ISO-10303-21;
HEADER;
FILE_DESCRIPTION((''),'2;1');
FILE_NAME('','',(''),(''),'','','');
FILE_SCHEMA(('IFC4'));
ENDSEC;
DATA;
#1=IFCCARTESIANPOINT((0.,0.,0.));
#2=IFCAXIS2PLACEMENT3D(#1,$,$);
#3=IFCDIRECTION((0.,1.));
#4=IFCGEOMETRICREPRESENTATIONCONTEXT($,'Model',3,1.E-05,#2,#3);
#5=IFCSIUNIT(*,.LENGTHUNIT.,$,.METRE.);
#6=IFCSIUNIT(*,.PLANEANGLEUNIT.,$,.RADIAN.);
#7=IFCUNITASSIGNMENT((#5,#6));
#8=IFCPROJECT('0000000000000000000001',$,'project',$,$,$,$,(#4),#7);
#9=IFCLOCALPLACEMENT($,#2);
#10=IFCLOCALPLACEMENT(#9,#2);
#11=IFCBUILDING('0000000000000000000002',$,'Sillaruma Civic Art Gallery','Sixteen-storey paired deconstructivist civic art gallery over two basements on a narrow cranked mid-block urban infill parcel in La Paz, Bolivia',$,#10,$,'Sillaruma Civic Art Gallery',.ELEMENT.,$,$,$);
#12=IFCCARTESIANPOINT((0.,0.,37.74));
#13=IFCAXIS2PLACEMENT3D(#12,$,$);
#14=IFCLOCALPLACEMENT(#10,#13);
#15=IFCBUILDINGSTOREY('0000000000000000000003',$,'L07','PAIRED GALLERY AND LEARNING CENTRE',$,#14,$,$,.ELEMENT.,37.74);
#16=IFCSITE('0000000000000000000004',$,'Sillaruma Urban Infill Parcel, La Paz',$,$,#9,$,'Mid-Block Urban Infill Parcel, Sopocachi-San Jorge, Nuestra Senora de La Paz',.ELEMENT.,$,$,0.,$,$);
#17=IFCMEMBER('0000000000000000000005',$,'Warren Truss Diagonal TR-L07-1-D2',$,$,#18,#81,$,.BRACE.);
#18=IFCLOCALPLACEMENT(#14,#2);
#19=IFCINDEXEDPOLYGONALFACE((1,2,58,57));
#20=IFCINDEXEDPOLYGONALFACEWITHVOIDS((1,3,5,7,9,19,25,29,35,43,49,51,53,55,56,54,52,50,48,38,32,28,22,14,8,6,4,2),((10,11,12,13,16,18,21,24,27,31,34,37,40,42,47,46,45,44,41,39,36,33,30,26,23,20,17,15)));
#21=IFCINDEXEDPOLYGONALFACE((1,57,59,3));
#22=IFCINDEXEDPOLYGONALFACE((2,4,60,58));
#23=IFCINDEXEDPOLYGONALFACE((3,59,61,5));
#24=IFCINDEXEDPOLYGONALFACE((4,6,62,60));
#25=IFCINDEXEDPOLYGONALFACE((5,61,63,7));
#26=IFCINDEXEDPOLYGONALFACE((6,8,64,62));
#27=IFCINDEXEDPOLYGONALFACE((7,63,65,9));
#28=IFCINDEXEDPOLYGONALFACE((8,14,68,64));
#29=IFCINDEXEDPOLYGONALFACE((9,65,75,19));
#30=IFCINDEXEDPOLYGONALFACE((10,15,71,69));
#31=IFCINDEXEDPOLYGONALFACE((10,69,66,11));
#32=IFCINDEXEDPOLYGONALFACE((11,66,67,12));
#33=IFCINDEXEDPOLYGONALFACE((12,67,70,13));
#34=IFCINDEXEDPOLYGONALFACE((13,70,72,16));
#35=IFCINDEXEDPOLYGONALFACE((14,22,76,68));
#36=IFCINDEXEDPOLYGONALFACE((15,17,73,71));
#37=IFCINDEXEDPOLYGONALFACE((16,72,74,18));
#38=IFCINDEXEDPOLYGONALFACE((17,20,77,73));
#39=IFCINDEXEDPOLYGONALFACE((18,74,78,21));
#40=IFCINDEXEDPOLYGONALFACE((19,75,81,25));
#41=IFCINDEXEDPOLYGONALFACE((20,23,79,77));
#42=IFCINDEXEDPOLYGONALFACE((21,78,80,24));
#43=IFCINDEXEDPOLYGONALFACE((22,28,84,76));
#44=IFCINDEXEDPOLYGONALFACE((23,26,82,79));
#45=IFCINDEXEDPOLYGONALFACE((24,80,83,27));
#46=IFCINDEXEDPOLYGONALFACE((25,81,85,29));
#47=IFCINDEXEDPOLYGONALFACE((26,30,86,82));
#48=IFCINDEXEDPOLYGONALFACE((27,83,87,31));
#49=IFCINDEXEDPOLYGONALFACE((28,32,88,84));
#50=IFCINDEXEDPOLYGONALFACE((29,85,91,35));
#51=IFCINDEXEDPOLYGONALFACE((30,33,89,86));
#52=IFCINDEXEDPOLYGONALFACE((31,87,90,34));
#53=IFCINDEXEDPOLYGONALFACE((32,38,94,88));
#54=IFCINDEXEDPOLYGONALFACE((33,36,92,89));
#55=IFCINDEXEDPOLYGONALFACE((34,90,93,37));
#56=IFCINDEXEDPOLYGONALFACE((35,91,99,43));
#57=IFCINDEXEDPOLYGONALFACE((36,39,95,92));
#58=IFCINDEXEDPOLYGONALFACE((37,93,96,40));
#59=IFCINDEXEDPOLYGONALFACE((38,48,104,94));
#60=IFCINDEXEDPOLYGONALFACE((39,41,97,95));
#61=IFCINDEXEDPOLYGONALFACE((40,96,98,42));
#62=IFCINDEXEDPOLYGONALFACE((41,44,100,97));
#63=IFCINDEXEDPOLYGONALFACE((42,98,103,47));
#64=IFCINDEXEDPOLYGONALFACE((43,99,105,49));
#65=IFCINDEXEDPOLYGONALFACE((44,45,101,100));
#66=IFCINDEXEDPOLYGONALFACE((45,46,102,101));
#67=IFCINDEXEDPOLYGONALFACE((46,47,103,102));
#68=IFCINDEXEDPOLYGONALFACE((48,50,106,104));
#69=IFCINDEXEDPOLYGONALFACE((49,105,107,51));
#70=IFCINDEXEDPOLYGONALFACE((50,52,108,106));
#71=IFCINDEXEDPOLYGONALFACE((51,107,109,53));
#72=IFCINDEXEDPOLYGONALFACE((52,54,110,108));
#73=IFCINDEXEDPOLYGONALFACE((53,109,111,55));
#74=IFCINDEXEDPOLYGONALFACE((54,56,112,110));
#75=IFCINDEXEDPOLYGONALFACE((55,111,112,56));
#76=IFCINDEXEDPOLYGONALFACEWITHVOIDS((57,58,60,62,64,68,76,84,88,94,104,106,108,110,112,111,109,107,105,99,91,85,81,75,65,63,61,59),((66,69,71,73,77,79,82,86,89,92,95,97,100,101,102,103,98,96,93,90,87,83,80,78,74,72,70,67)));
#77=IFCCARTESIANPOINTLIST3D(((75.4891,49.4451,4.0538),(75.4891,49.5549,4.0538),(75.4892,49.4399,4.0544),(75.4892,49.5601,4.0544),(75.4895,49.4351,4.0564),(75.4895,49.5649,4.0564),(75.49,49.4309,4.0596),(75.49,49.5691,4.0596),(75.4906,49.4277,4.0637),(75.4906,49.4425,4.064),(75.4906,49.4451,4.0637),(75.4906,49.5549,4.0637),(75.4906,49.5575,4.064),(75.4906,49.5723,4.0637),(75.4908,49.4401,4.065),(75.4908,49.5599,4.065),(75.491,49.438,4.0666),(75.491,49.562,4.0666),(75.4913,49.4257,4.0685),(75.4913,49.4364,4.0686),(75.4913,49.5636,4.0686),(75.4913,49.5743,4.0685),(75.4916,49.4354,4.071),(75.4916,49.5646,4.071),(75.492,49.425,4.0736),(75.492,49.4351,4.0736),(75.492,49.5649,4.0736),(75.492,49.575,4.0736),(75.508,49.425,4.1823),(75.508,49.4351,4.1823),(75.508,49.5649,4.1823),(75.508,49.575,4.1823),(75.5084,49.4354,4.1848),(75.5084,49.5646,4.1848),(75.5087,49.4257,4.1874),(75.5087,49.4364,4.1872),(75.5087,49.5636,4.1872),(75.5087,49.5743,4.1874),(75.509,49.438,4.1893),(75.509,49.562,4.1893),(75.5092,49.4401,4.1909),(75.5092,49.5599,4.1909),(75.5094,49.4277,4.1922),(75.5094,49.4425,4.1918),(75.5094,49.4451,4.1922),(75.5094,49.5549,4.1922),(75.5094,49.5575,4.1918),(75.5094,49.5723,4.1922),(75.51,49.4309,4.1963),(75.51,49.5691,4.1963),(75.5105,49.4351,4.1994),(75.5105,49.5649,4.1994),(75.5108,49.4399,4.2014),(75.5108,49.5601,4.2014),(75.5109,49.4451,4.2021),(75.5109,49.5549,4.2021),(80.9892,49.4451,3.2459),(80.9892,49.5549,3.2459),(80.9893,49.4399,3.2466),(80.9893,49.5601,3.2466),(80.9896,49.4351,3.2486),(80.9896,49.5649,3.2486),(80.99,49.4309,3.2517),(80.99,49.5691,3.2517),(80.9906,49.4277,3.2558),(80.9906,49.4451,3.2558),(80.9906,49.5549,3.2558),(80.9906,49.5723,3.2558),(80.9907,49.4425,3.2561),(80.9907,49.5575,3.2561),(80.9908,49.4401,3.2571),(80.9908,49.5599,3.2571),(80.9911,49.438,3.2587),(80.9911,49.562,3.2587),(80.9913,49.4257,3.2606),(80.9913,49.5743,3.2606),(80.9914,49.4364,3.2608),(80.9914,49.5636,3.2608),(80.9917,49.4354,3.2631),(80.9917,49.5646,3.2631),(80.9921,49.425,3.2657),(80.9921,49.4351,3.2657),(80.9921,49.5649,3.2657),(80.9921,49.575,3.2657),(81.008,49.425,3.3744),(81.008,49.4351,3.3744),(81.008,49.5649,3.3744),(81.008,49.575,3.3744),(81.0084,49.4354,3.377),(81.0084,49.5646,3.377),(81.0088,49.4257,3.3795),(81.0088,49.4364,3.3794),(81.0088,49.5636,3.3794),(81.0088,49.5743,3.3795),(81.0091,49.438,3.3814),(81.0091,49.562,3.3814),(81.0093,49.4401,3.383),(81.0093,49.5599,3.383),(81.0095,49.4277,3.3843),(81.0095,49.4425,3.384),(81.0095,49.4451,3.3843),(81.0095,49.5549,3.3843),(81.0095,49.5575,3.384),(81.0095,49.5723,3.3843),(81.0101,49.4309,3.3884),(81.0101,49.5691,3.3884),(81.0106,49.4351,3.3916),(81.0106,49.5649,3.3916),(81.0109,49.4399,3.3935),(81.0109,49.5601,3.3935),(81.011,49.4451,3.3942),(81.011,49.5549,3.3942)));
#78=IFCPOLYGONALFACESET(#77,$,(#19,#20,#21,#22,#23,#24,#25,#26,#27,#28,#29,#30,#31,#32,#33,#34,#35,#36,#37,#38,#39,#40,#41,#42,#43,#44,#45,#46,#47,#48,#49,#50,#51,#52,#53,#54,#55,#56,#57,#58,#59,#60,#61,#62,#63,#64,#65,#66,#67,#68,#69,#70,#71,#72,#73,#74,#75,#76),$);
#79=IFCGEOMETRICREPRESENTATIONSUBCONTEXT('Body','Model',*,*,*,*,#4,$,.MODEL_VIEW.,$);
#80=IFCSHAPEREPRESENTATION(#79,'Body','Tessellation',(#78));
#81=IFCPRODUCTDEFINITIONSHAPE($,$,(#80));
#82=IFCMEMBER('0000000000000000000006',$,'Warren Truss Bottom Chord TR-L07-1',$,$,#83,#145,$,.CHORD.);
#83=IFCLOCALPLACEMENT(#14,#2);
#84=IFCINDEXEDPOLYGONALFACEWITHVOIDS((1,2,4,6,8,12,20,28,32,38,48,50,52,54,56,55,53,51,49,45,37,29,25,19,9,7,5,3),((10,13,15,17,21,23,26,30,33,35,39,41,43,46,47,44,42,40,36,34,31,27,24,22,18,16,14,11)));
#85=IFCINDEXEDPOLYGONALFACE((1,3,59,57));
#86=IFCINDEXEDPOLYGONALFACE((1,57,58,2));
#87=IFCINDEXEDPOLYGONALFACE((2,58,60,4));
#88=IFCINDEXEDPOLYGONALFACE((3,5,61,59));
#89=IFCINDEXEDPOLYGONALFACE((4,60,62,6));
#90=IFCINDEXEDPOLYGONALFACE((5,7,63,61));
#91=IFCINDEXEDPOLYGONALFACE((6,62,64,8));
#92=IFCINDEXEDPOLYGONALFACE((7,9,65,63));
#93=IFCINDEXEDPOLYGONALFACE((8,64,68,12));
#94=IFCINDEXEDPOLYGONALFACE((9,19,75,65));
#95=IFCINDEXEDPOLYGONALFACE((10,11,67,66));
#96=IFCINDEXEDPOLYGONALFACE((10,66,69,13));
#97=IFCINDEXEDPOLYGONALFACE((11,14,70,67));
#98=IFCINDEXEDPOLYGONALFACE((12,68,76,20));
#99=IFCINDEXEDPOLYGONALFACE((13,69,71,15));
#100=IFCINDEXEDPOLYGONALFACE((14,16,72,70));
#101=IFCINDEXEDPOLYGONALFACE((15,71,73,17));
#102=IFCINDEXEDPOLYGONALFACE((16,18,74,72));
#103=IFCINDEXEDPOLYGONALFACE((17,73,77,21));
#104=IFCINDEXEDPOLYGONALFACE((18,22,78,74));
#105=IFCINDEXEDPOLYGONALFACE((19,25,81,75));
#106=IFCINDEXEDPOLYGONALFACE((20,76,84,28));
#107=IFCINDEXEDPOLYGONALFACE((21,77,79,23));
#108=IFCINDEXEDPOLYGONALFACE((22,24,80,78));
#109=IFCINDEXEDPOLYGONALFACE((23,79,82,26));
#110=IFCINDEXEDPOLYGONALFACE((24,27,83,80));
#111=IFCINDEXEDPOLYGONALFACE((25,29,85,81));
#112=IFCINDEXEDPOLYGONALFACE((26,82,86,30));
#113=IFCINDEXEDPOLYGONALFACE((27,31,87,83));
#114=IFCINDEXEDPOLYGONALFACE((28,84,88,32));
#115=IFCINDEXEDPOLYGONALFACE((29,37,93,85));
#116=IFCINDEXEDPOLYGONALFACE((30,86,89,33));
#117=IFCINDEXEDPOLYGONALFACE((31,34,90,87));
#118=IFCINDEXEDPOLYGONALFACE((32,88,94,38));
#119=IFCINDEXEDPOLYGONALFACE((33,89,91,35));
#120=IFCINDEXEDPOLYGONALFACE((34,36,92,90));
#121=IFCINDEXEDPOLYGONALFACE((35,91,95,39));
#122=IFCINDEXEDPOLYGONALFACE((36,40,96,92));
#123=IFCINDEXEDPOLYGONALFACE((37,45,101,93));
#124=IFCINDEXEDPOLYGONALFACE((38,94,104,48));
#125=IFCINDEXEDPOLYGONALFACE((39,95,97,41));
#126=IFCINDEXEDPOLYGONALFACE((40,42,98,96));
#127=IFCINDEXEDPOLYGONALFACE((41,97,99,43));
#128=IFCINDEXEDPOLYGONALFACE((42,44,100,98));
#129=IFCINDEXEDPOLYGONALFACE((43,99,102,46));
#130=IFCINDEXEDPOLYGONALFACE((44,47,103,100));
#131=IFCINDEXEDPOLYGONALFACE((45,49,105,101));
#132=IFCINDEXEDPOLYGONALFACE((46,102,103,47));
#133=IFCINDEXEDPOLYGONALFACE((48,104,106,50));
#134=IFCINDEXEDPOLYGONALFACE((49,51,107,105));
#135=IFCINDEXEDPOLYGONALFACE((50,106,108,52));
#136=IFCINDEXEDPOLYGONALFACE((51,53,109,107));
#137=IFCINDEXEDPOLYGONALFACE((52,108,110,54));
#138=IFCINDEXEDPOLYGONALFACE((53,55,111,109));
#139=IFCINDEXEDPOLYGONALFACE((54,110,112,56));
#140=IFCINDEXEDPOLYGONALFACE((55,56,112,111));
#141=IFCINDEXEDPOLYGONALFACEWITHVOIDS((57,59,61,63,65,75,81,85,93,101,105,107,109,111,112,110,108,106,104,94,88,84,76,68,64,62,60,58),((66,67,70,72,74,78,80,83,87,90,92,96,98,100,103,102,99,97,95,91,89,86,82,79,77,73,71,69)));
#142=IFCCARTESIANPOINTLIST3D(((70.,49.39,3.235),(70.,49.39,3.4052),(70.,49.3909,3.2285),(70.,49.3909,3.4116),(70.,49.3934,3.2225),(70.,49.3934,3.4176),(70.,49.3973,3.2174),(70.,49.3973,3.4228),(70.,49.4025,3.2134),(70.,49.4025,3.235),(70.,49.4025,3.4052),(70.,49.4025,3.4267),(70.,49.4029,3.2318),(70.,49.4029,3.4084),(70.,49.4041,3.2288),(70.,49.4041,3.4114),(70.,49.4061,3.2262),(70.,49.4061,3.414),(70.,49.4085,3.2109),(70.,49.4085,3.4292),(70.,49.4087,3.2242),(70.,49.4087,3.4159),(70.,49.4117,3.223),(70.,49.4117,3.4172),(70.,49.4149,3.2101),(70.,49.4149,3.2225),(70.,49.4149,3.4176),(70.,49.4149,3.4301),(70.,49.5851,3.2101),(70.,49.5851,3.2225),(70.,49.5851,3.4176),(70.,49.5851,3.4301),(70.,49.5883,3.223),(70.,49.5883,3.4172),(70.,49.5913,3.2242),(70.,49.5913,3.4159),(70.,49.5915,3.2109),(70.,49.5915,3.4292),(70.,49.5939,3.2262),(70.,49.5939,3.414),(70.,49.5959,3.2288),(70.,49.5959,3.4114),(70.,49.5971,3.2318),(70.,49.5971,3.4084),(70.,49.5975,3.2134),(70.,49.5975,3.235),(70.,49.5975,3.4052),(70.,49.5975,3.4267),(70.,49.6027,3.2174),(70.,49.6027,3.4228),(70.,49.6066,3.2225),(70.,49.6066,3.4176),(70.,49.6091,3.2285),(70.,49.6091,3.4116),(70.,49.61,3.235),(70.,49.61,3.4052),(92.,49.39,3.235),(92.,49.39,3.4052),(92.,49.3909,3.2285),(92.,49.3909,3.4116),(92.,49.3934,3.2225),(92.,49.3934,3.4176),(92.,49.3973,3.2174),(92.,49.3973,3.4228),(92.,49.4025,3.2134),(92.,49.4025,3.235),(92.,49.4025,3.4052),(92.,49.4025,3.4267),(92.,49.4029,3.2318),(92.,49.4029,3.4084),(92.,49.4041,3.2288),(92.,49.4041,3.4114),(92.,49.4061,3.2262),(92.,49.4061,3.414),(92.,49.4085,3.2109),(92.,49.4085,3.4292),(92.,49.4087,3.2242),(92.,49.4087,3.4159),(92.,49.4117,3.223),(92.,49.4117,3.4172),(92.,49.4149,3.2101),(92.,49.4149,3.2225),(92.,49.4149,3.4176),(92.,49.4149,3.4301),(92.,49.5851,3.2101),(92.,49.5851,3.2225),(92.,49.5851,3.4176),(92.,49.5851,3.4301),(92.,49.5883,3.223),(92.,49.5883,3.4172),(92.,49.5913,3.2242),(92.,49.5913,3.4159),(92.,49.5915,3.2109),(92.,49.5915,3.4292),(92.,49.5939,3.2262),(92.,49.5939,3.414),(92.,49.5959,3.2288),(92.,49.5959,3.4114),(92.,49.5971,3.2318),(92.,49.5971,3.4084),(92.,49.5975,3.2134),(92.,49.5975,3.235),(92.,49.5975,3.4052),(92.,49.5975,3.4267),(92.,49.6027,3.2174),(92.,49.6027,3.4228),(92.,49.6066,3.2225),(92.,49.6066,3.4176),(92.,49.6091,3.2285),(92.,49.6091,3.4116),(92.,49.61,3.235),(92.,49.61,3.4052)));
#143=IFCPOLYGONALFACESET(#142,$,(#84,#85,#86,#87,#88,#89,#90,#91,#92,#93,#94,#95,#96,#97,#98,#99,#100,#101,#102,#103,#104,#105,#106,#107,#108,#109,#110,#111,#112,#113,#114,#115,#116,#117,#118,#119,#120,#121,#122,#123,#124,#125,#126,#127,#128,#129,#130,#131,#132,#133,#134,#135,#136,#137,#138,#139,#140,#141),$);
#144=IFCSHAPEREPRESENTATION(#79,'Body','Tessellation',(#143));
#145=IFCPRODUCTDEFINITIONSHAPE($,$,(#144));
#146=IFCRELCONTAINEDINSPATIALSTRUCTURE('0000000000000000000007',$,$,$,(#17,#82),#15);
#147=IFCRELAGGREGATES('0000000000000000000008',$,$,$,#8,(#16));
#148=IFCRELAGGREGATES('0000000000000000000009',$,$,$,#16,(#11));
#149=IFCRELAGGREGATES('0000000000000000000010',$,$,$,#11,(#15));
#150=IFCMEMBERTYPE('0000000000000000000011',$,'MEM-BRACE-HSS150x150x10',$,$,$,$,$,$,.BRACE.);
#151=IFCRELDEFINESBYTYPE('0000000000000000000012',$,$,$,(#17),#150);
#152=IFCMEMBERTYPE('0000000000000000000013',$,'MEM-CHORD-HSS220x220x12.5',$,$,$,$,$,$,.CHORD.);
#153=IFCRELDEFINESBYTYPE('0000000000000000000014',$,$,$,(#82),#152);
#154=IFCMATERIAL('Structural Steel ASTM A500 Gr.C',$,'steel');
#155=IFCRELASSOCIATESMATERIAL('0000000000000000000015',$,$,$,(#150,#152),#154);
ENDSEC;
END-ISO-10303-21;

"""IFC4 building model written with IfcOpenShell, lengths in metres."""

from ifc_helpers import new_model, si_unit, direction, frame, origin, origin_2d, place, context, subcontext, project, spatial, hollow_rectangle, extrude, material, material_profile, profile_set, type_object, element, save


model = new_model("IFC4")

# Units and contexts
model_context = context("Model", 3, precision=1e-05, world=origin(), true_north=direction((0.0, 1.0)))
body_context = subcontext(model_context, "Body", "Model", "MODEL_VIEW")
ifc_project = project(units=[si_unit("LENGTHUNIT", "METRE"), si_unit("PLANEANGLEUNIT", "RADIAN")], contexts=[model_context])

# Site, building, storey
site_placement = place(None, origin())
site = spatial("IfcSite", under=ifc_project, at=site_placement, Name="Sillaruma Urban Infill Parcel, La Paz", LongName="Mid-Block Urban Infill Parcel, Sopocachi-San Jorge, Nuestra Senora de La Paz", CompositionType="ELEMENT", RefElevation=0.0)
building_placement = place(site_placement, origin())
building = spatial("IfcBuilding", under=site, at=building_placement, Name="Sillaruma Civic Art Gallery", Description="Sixteen-storey paired deconstructivist civic art gallery over two basements on a narrow cranked mid-block urban infill parcel in La Paz, Bolivia", LongName="Sillaruma Civic Art Gallery", CompositionType="ELEMENT")
storey_placement = place(building_placement, frame((0.0, 0.0, 37.74)))
storey = spatial("IfcBuildingStorey", under=building, at=storey_placement, Name="L07", Description="PAIRED GALLERY AND LEARNING CENTRE", CompositionType="ELEMENT", Elevation=37.74)

# Members
ifc_material_1 = material(Name="Structural Steel ASTM A500 Gr.C", Category="steel")
ifc_material_profile_1 = material_profile(ifc_material_1, hollow_rectangle(XDim=0.1499, YDim=0.1499, WallThickness=0.01, InnerFilletRadius=0.01, OuterFilletRadius=0.02, at=origin_2d()), Name="HSS150x150x10")
ifc_profile_set_1 = profile_set([ifc_material_profile_1], Name="Structural Steel ASTM A500 Gr.C")
member_type_1 = type_object("IfcMemberType", Name="MEM-BRACE-HSS150x150x10", PredefinedType="BRACE", material=ifc_profile_set_1)
for number, where, z_axis, x_axis, name in (
    (1, (75.5, 49.5, 4.1279), (0.989384, 0.0, -0.145325), (0.0, 1.0, 0.0), "Warren Truss Diagonal TR-L07-1-D2"),
):
    element("IfcMember", number, at=place(storey_placement, frame(where, z_axis=z_axis, x_axis=x_axis)), inside=storey, type_object=member_type_1, Name=name, PredefinedType="BRACE", context=body_context, shape_type="SweptSolid", body=[
        extrude(hollow_rectangle(XDim=0.1499, YDim=0.1499, WallThickness=0.01, InnerFilletRadius=0.01, OuterFilletRadius=0.02, at=origin_2d()), origin(), (0.0, 0.0, 1.0), 5.5591),
    ])
ifc_material_profile_2 = material_profile(ifc_material_1, hollow_rectangle(XDim=0.22, YDim=0.22, WallThickness=0.0125, InnerFilletRadius=0.0125, OuterFilletRadius=0.0249, at=origin_2d()), Name="HSS220x220x12.5")
ifc_profile_set_2 = profile_set([ifc_material_profile_2], Name="Structural Steel ASTM A500 Gr.C")
member_type_2 = type_object("IfcMemberType", Name="MEM-CHORD-HSS220x220x12.5", PredefinedType="CHORD", material=ifc_profile_set_2)
member_1_placement = place(storey_placement, frame((70.0, 49.5, 3.3201), z_axis=(1.0, 0.0, 0.0), x_axis=(0.0, 1.0, 0.0)))
element("IfcMember", 2, at=member_1_placement, inside=storey, type_object=member_type_2, Name="Warren Truss Bottom Chord TR-L07-1", PredefinedType="CHORD", context=body_context, shape_type="SweptSolid", body=[
    extrude(hollow_rectangle(XDim=0.22, YDim=0.22, WallThickness=0.0125, InnerFilletRadius=0.0125, OuterFilletRadius=0.0249, at=origin_2d()), origin(), (0.0, 0.0, 1.0), 22.0),
])

save(model, "model.ifc")
